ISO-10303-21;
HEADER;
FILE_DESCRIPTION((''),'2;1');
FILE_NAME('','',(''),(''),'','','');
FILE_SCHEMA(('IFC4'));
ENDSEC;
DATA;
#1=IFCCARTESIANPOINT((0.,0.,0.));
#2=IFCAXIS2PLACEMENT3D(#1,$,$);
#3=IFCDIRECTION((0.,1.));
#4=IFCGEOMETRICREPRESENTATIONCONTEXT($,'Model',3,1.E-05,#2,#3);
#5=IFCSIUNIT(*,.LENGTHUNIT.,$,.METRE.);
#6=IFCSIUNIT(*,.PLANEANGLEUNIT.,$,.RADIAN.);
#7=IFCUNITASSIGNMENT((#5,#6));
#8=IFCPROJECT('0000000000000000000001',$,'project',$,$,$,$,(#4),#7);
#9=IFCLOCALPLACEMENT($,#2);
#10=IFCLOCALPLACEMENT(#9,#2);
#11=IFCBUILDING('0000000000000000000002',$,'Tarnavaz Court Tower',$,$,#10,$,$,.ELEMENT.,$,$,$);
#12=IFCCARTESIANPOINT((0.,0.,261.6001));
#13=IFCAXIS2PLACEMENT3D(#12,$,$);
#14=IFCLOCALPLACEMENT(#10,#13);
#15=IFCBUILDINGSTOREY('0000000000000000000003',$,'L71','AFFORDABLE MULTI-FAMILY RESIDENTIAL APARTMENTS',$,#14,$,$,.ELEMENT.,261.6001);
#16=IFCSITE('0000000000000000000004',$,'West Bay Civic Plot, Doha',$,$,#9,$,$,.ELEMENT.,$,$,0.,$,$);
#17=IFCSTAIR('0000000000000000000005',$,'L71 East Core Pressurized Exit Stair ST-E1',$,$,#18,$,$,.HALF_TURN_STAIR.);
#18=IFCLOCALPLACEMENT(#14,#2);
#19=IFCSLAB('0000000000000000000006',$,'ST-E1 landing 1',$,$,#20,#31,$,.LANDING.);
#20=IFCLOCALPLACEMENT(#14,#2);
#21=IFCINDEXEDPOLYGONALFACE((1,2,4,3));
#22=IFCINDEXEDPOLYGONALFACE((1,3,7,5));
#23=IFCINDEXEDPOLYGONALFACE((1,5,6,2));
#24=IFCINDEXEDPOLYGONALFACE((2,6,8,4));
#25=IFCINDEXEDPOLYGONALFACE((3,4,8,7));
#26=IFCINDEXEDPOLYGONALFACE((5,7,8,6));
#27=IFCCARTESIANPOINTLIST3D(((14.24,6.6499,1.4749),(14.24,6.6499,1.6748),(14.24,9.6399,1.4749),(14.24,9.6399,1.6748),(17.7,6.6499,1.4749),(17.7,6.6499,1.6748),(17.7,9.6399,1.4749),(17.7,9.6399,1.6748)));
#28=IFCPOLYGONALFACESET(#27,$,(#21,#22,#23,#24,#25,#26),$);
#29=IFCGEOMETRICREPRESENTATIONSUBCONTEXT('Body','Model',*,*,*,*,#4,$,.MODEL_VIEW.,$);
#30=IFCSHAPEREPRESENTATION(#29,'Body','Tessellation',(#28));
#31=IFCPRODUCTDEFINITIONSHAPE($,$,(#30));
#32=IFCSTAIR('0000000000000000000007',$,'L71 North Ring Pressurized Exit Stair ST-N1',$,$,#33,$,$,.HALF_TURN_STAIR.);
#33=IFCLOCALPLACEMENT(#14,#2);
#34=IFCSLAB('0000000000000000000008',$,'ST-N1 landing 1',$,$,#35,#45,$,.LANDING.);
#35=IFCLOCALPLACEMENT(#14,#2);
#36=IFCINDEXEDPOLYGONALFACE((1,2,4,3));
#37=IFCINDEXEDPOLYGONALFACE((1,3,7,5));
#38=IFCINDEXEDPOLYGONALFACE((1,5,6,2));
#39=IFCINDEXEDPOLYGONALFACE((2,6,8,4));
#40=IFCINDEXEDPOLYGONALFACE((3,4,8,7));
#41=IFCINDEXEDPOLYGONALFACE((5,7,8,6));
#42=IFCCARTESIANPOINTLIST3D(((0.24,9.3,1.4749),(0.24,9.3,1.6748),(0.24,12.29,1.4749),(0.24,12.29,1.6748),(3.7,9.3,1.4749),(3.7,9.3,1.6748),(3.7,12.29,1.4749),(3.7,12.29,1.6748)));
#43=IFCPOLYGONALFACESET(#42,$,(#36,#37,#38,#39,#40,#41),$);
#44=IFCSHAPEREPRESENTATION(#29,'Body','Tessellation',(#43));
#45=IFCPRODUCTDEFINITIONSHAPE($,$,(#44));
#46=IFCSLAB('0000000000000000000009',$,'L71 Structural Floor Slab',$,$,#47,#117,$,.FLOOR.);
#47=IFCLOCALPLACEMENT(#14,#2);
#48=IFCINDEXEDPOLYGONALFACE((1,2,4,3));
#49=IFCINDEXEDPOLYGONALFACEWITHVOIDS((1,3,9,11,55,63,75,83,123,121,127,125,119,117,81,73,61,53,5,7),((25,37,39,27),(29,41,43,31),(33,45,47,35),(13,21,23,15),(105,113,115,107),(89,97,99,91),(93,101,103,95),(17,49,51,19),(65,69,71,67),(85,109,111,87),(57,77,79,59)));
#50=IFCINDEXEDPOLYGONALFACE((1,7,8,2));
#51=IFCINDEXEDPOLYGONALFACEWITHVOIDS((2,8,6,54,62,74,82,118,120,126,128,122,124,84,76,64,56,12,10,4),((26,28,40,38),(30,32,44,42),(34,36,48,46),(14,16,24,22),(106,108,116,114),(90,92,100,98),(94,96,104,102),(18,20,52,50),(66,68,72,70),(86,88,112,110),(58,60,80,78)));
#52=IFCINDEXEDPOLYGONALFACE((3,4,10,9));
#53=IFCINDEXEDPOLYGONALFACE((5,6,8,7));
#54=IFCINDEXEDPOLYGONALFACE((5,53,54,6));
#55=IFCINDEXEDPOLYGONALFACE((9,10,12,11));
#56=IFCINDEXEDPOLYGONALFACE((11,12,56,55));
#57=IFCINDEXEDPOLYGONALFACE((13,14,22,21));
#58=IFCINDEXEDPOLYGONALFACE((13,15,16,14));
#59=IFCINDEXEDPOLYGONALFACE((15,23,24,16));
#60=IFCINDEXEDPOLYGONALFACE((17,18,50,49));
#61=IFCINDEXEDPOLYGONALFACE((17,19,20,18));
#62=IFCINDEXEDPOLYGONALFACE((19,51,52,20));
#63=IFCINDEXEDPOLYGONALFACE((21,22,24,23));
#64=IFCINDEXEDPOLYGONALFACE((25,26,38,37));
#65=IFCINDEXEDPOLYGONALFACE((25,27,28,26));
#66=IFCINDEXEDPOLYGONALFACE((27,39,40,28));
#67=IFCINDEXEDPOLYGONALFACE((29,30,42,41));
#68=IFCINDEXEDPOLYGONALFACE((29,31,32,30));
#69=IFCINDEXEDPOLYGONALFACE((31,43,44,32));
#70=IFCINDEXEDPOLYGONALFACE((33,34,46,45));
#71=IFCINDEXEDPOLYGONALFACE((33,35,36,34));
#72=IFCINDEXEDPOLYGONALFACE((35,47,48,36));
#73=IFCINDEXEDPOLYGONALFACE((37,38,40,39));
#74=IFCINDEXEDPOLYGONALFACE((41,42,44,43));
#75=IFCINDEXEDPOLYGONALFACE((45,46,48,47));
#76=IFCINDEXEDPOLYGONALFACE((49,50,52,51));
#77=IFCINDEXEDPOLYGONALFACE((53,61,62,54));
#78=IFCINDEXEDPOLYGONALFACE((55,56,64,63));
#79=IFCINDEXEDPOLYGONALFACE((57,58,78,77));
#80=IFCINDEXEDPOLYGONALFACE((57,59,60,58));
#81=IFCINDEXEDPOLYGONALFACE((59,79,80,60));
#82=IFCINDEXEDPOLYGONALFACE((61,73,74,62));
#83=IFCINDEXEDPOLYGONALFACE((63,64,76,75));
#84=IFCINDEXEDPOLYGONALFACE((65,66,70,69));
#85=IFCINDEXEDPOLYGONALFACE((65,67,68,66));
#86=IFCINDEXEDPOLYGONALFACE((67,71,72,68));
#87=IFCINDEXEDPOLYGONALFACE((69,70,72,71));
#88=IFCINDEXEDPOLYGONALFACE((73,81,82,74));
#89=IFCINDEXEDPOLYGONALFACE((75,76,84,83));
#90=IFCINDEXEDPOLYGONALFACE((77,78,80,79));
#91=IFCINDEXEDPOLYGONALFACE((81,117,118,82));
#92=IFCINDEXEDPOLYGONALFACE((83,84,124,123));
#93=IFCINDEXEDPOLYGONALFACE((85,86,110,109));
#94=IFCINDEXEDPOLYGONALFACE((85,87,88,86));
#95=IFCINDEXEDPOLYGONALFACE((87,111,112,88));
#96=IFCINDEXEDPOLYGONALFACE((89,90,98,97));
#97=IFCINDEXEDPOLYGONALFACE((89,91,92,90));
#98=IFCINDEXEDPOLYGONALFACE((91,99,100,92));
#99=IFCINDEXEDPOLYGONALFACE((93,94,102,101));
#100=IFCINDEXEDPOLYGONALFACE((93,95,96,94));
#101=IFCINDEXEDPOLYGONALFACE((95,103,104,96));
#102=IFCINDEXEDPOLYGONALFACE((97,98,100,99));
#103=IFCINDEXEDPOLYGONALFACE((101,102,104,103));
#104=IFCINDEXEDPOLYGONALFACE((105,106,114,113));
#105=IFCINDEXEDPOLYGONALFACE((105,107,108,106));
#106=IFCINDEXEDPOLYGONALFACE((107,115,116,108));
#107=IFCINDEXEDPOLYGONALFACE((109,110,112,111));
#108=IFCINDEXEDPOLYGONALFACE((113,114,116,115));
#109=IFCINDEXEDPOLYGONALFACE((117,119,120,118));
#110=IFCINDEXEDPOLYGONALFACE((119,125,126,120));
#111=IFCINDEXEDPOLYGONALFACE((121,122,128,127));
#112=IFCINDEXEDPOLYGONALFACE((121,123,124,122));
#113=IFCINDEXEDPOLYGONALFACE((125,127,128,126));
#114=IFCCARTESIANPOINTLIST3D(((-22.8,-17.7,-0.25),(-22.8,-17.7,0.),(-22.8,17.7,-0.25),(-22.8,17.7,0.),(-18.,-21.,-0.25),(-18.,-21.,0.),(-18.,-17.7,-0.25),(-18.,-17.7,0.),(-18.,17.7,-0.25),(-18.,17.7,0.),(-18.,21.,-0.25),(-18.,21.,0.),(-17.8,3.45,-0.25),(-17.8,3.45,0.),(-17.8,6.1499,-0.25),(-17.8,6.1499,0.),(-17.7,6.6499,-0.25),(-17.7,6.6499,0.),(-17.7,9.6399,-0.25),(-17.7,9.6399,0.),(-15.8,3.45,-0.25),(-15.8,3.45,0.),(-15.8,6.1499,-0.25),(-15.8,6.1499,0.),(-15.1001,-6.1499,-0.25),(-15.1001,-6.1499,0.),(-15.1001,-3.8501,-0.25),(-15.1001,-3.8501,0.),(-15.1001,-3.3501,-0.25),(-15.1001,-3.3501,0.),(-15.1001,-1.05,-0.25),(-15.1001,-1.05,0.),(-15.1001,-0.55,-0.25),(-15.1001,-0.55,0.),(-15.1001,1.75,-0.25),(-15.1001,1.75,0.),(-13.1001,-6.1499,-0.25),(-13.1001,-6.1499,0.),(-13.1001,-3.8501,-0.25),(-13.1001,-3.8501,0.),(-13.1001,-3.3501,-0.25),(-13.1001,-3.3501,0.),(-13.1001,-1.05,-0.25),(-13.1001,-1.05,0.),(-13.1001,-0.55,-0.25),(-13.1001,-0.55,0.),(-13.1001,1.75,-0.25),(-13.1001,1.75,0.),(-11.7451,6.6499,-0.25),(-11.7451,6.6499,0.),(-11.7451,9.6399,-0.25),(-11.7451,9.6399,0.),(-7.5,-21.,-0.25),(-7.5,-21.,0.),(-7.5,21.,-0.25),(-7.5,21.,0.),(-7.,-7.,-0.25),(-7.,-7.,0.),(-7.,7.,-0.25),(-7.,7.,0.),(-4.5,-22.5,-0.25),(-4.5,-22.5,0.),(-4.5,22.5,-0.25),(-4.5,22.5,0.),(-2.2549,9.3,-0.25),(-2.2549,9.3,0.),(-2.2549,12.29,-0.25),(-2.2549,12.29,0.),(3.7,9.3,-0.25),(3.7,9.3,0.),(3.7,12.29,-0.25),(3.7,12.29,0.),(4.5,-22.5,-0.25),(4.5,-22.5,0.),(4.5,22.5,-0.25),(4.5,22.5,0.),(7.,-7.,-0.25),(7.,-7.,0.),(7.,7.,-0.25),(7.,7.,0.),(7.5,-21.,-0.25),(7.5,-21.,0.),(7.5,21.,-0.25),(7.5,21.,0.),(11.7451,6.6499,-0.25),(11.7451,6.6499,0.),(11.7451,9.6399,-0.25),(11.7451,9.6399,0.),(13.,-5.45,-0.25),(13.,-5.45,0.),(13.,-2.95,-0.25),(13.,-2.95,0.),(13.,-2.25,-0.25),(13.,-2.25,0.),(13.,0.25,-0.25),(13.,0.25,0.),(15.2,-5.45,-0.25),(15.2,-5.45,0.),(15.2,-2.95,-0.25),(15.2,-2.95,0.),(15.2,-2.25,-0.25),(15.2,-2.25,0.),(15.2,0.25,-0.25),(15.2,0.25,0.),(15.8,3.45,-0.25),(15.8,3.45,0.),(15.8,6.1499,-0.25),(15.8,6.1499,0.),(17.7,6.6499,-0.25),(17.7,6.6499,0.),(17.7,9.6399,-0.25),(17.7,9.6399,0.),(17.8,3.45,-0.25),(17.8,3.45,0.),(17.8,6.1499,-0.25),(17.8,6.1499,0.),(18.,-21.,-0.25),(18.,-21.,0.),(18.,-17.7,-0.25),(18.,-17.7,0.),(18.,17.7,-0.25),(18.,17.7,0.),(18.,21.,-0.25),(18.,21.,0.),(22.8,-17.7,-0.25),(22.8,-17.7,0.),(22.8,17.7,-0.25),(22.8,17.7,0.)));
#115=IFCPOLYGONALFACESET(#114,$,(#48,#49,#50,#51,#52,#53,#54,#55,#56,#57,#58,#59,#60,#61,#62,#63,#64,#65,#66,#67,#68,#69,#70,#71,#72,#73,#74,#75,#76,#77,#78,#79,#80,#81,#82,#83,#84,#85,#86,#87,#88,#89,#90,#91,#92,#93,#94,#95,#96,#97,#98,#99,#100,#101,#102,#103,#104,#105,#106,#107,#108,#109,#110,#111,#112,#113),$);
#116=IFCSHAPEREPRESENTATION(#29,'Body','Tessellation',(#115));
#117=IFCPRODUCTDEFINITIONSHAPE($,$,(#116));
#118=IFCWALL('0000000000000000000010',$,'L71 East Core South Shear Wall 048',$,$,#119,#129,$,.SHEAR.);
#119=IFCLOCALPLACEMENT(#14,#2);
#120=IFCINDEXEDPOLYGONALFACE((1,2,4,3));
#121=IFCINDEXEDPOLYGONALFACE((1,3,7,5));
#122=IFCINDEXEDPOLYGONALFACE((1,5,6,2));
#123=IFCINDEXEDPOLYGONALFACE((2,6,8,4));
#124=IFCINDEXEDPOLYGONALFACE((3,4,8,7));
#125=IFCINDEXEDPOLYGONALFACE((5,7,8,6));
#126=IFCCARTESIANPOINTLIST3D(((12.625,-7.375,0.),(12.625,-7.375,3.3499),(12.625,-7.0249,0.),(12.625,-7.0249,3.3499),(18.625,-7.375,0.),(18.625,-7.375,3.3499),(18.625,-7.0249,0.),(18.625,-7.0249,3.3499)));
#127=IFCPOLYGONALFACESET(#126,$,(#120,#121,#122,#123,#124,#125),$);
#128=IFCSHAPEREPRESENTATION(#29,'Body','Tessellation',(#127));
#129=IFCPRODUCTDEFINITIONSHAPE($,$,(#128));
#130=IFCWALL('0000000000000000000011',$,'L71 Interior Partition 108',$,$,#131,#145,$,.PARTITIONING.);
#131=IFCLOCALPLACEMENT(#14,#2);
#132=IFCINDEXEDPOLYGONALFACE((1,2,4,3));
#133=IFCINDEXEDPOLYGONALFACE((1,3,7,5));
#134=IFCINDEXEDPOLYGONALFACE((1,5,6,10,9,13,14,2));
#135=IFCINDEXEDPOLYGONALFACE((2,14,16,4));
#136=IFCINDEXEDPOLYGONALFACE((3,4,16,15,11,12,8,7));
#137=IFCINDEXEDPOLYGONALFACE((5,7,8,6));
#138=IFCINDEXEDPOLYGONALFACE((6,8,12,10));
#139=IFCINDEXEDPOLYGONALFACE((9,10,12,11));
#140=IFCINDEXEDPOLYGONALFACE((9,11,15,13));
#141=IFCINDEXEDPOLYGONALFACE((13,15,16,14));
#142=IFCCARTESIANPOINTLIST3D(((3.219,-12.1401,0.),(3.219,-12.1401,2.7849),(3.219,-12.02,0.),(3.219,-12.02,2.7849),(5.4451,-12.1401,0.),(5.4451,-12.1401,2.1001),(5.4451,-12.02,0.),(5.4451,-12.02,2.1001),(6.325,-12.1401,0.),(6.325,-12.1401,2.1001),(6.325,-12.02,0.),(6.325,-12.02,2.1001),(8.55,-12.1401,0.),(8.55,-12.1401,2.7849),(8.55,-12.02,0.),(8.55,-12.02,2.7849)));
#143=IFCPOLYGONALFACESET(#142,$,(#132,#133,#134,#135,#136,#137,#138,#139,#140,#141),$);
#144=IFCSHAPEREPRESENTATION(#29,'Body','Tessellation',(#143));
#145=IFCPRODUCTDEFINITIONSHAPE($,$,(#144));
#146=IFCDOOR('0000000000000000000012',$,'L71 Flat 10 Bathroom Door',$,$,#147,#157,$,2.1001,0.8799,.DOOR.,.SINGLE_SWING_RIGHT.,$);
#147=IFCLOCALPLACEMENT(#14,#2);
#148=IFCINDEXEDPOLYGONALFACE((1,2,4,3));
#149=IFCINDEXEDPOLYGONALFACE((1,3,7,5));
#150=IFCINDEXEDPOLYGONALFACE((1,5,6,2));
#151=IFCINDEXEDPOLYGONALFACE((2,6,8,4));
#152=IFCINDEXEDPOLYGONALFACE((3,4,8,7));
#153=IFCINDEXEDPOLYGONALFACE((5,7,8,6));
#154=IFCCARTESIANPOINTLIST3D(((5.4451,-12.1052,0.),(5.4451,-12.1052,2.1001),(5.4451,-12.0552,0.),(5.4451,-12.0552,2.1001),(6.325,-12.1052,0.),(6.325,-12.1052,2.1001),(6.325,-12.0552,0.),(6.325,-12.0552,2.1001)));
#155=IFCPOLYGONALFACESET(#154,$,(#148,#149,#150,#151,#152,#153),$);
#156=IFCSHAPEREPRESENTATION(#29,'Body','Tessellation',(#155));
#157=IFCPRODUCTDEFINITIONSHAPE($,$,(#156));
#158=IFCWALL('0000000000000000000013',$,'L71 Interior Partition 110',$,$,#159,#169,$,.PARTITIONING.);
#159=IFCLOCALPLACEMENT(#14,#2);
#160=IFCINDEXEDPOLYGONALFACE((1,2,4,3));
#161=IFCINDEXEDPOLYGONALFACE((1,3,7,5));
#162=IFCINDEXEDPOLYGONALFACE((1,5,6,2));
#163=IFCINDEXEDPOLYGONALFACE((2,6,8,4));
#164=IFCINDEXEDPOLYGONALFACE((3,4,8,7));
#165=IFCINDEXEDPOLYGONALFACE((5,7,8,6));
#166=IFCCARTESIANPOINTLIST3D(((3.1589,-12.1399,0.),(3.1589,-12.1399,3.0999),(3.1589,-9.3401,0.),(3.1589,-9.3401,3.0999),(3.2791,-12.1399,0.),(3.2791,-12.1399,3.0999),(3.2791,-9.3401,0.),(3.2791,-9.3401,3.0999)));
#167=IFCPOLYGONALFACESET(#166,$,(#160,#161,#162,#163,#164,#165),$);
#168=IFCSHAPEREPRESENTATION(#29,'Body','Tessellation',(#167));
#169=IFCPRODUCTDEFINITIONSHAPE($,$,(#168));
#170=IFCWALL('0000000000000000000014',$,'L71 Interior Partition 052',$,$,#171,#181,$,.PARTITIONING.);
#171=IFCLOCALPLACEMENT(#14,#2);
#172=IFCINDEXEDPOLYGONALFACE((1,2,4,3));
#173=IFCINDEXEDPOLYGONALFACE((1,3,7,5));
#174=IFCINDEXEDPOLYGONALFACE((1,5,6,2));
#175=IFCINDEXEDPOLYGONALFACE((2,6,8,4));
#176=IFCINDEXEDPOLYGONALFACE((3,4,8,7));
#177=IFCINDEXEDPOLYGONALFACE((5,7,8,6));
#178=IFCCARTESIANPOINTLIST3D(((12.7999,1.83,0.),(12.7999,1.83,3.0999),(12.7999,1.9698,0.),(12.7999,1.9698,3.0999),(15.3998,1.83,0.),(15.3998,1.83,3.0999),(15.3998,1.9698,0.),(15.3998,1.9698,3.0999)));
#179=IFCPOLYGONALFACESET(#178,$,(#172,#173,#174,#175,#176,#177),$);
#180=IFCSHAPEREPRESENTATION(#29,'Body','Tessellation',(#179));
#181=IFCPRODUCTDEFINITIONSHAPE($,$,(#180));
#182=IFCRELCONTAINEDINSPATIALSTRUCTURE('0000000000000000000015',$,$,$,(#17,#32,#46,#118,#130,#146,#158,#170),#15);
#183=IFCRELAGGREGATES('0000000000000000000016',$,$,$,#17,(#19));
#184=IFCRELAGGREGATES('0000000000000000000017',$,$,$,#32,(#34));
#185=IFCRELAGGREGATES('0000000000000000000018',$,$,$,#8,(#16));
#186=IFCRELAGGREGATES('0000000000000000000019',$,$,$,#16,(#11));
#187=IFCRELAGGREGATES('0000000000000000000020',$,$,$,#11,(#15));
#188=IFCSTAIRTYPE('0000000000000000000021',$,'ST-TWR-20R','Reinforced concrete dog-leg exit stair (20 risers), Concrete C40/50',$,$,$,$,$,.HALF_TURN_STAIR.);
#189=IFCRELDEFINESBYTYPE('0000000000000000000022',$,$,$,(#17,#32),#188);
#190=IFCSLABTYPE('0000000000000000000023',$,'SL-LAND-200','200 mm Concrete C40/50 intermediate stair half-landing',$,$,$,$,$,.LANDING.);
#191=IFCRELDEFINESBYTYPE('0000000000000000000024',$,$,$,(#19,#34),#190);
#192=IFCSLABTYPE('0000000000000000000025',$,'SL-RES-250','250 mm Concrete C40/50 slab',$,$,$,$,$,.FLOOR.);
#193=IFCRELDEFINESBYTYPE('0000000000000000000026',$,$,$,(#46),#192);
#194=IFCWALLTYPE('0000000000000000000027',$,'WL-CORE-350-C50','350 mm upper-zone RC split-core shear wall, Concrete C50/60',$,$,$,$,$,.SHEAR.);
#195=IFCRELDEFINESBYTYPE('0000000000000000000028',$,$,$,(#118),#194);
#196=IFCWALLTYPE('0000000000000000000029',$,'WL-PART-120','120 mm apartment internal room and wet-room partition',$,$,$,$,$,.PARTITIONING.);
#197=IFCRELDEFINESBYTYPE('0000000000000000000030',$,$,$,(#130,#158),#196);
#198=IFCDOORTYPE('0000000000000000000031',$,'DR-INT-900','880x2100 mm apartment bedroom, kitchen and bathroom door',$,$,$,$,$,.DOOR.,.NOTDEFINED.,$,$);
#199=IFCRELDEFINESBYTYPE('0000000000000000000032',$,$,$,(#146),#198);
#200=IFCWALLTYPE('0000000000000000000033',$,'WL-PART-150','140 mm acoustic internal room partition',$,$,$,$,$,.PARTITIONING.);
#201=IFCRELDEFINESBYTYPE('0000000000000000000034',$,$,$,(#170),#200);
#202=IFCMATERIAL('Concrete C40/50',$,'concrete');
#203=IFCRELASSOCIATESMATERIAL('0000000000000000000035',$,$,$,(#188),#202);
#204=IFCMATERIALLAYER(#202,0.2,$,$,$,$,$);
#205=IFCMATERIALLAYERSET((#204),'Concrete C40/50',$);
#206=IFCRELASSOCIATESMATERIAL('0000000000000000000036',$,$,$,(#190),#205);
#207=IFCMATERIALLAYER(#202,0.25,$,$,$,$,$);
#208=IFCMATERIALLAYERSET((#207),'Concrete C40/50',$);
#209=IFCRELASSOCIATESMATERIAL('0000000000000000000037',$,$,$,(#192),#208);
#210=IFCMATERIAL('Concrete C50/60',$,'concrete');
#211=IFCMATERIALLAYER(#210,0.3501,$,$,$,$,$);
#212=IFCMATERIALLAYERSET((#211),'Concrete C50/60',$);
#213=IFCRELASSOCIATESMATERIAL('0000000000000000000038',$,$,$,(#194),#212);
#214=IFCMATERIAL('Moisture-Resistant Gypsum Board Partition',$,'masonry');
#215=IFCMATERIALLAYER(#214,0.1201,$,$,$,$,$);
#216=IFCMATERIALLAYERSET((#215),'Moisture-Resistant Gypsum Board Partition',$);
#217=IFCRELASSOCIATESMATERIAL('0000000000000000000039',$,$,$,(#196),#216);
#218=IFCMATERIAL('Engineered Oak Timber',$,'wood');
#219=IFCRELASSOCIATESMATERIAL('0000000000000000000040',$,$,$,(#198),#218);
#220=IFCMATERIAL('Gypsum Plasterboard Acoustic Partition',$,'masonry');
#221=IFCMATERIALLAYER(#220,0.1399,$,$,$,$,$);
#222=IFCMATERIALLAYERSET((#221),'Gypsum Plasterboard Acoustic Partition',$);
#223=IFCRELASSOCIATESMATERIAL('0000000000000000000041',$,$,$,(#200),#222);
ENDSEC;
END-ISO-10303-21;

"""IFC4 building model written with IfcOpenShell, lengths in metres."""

from ifc_helpers import new_model, si_unit, direction, frame, frame_2d, origin, place, context, subcontext, project, spatial, polyline, rectangle, outline, extrude, material, layer, layer_set, type_object, element, fill, aggregate, save


model = new_model("IFC4")

# Units and contexts
model_context = context("Model", 3, precision=1e-05, world=origin(), true_north=direction((0.0, 1.0)))
body_context = subcontext(model_context, "Body", "Model", "MODEL_VIEW")
ifc_project = project(units=[si_unit("LENGTHUNIT", "METRE"), si_unit("PLANEANGLEUNIT", "RADIAN")], contexts=[model_context])

# Site, building, storey
site_placement = place(None, origin())
site = spatial("IfcSite", under=ifc_project, at=site_placement, Name="West Bay Civic Plot, Doha", CompositionType="ELEMENT", RefElevation=0.0)
building_placement = place(site_placement, origin())
building = spatial("IfcBuilding", under=site, at=building_placement, Name="Tarnavaz Court Tower", CompositionType="ELEMENT")
storey_placement = place(building_placement, frame((0.0, 0.0, 261.6001)))
storey = spatial("IfcBuildingStorey", under=building, at=storey_placement, Name="L71", Description="AFFORDABLE MULTI-FAMILY RESIDENTIAL APARTMENTS", CompositionType="ELEMENT", Elevation=261.6001)

# Shared definitions
ifc_material_1 = material(Name="Concrete C50/60", Category="concrete")

# Stairs, slabs
ifc_material_2 = material(Name="Concrete C40/50", Category="concrete")
stair_type = type_object("IfcStairType", Name="ST-TWR-20R", Description="Reinforced concrete dog-leg exit stair (20 risers), Concrete C40/50", PredefinedType="HALF_TURN_STAIR", material=ifc_material_2)
ifc_layer_1 = layer(ifc_material_2, 0.2)
ifc_layer_set_1 = layer_set([ifc_layer_1], Name="Concrete C40/50")
slab_type_1 = type_object("IfcSlabType", Name="SL-LAND-200", Description="200 mm Concrete C40/50 intermediate stair half-landing", PredefinedType="LANDING", material=ifc_layer_set_1)
stair_1_placement = place(storey_placement, origin())
stair_1 = element("IfcStair", 1, at=stair_1_placement, inside=storey, type_object=stair_type, Name="L71 East Core Pressurized Exit Stair ST-E1", PredefinedType="HALF_TURN_STAIR")
slab_1_placement = place(storey_placement, frame((0.0, 0.0, 1.4749)))
slab_1 = element("IfcSlab", 2, at=slab_1_placement, type_object=slab_type_1, Name="ST-E1 landing 1", PredefinedType="LANDING", context=body_context, shape_type="SweptSolid", body=[
    extrude(outline(polyline([(14.24, 6.6499), (17.7, 6.6499), (17.7, 9.6399), (14.24, 9.6399), (14.24, 6.6499)])), origin(), (0.0, 0.0, 1.0), 0.2),
])
aggregate(stair_1, [slab_1])
stair_2_placement = place(storey_placement, origin())
stair_2 = element("IfcStair", 3, at=stair_2_placement, inside=storey, type_object=stair_type, Name="L71 North Ring Pressurized Exit Stair ST-N1", PredefinedType="HALF_TURN_STAIR")
slab_2_placement = place(storey_placement, frame((0.0, 0.0, 1.4749)))
slab_2 = element("IfcSlab", 4, at=slab_2_placement, type_object=slab_type_1, Name="ST-N1 landing 1", PredefinedType="LANDING", context=body_context, shape_type="SweptSolid", body=[
    extrude(outline(polyline([(0.24, 9.3), (3.7, 9.3), (3.7, 12.29), (0.24, 12.29), (0.24, 9.3)])), origin(), (0.0, 0.0, 1.0), 0.2),
])
aggregate(stair_2, [slab_2])

# Slab
ifc_layer_2 = layer(ifc_material_2, 0.25)
ifc_layer_set_2 = layer_set([ifc_layer_2], Name="Concrete C40/50")
slab_type_2 = type_object("IfcSlabType", Name="SL-RES-250", Description="250 mm Concrete C40/50 slab", PredefinedType="FLOOR", material=ifc_layer_set_2)
slab_3_placement = place(storey_placement, frame((0.0, 0.0, -0.25)))
element("IfcSlab", 5, at=slab_3_placement, inside=storey, type_object=slab_type_2, Name="L71 Structural Floor Slab", PredefinedType="FLOOR", context=body_context, shape_type="SweptSolid", body=[
    extrude(outline(polyline([(-18.0, -21.0), (-7.5, -21.0), (-4.5, -22.5), (4.5, -22.5), (7.5, -21.0), (18.0, -21.0), (18.0, -17.7), (22.8, -17.7), (22.8, 17.7), (18.0, 17.7), (18.0, 21.0), (7.5, 21.0), (4.5, 22.5), (-4.5, 22.5), (-7.5, 21.0), (-18.0, 21.0), (-18.0, 17.7), (-22.8, 17.7), (-22.8, -17.7), (-18.0, -17.7), (-18.0, -21.0)]), holes=[polyline([(-7.0, -7.0), (7.0, -7.0), (7.0, 7.0), (-7.0, 7.0), (-7.0, -7.0)]), polyline([(-11.7451, 9.6399), (-17.7, 9.6399), (-17.7, 6.6499), (-11.7451, 6.6499), (-11.7451, 9.6399)]), polyline([(11.7451, 6.6499), (17.7, 6.6499), (17.7, 9.6399), (11.7451, 9.6399), (11.7451, 6.6499)]), polyline([(-2.2549, 9.3), (3.7, 9.3), (3.7, 12.29), (-2.2549, 12.29), (-2.2549, 9.3)]), polyline([(-17.8, 3.45), (-15.8, 3.45), (-15.8, 6.1499), (-17.8, 6.1499), (-17.8, 3.45)]), polyline([(-15.1001, -6.1499), (-13.1001, -6.1499), (-13.1001, -3.8501), (-15.1001, -3.8501), (-15.1001, -6.1499)]), polyline([(-15.1001, -3.3501), (-13.1001, -3.3501), (-13.1001, -1.05), (-15.1001, -1.05), (-15.1001, -3.3501)]), polyline([(-15.1001, -0.55), (-13.1001, -0.55), (-13.1001, 1.75), (-15.1001, 1.75), (-15.1001, -0.55)]), polyline([(15.8, 3.45), (17.8, 3.45), (17.8, 6.1499), (15.8, 6.1499), (15.8, 3.45)]), polyline([(13.0, -5.45), (15.2, -5.45), (15.2, -2.95), (13.0, -2.95), (13.0, -5.45)]), polyline([(13.0, -2.25), (15.2, -2.25), (15.2, 0.25), (13.0, 0.25), (13.0, -2.25)])]), origin(), (0.0, 0.0, 1.0), 0.25),
])

# Wall
ifc_layer_3 = layer(ifc_material_1, 0.3501)
ifc_layer_set_3 = layer_set([ifc_layer_3], Name="Concrete C50/60")
wall_type_1 = type_object("IfcWallType", Name="WL-CORE-350-C50", Description="350 mm upper-zone RC split-core shear wall, Concrete C50/60", PredefinedType="SHEAR", material=ifc_layer_set_3)
wall_1_placement = place(storey_placement, frame((12.625, -7.2, 0.0), z_axis=(0.0, 0.0, 1.0), x_axis=(1.0, 0.0, 0.0)))
element("IfcWall", 6, at=wall_1_placement, inside=storey, type_object=wall_type_1, Name="L71 East Core South Shear Wall 048", PredefinedType="SHEAR", context=body_context, shape_type="SweptSolid", body=[
    extrude(rectangle(XDim=6.0, YDim=0.3501, at=frame_2d((3.0, 0.0))), origin(), (0.0, 0.0, 1.0), 3.3499),
])

# Wall, opening, door
ifc_material_3 = material(Name="Moisture-Resistant Gypsum Board Partition", Category="masonry")
ifc_layer_4 = layer(ifc_material_3, 0.1201)
ifc_layer_set_4 = layer_set([ifc_layer_4], Name="Moisture-Resistant Gypsum Board Partition")
wall_type_2 = type_object("IfcWallType", Name="WL-PART-120", Description="120 mm apartment internal room and wet-room partition", PredefinedType="PARTITIONING", material=ifc_layer_set_4)
wall_2_placement = place(storey_placement, frame((3.219, -12.0801, 0.0), z_axis=(0.0, 0.0, 1.0), x_axis=(1.0, 0.0, 0.0)))
wall_2 = element("IfcWall", 7, at=wall_2_placement, inside=storey, type_object=wall_type_2, Name="L71 Interior Partition 108", PredefinedType="PARTITIONING", context=body_context, shape_type="SweptSolid", body=[
    extrude(rectangle(XDim=5.3311, YDim=0.1201, at=frame_2d((2.6655, 0.0))), origin(), (0.0, 0.0, 1.0), 2.7849),
])
opening_1_placement = place(wall_2_placement, frame((2.2261, 0.0, 0.0)))
opening_1 = element("IfcOpeningElement", 8, at=opening_1_placement, cuts=wall_2, PredefinedType="OPENING", context=body_context, shape_type="SweptSolid", body=[
    extrude(rectangle(XDim=0.8799, YDim=2.1001, at=frame_2d((0.4399, 1.05))), frame((0.0, 0.0701, 0.0), z_axis=(0.0, -1.0, 0.0), x_axis=(1.0, 0.0, 0.0)), (0.0, 0.0, 1.0), 0.1401),
])
ifc_material_4 = material(Name="Engineered Oak Timber", Category="wood")
door_type_1 = type_object("IfcDoorType", Name="DR-INT-900", Description="880x2100 mm apartment bedroom, kitchen and bathroom door", OperationType="NOTDEFINED", PredefinedType="DOOR", material=ifc_material_4)
door_1_placement = place(opening_1_placement, origin())
door_1 = element("IfcDoor", 9, at=door_1_placement, inside=storey, type_object=door_type_1, Name="L71 Flat 10 Bathroom Door", OperationType="SINGLE_SWING_RIGHT", OverallHeight=2.1001, OverallWidth=0.8799, PredefinedType="DOOR", context=body_context, shape_type="SweptSolid", body=[
    extrude(rectangle(XDim=0.8799, YDim=2.1001, at=frame_2d((0.4399, 1.05))), frame((0.0, 0.0249, 0.0), z_axis=(0.0, -1.0, 0.0), x_axis=(1.0, 0.0, 0.0)), (0.0, 0.0, 1.0), 0.05),
])
fill(opening_1, door_1)

# Walls
wall_3_placement = place(storey_placement, frame((3.219, -12.1399, 0.0), z_axis=(0.0, 0.0, 1.0), x_axis=(0.0, 1.0, 0.0)))
element("IfcWall", 10, at=wall_3_placement, inside=storey, type_object=wall_type_2, Name="L71 Interior Partition 110", PredefinedType="PARTITIONING", context=body_context, shape_type="SweptSolid", body=[
    extrude(rectangle(XDim=2.7998, YDim=0.1201, at=frame_2d((1.3999, 0.0))), origin(), (0.0, 0.0, 1.0), 3.0999),
])
ifc_material_5 = material(Name="Gypsum Plasterboard Acoustic Partition", Category="masonry")
ifc_layer_5 = layer(ifc_material_5, 0.1399)
ifc_layer_set_5 = layer_set([ifc_layer_5], Name="Gypsum Plasterboard Acoustic Partition")
wall_type_3 = type_object("IfcWallType", Name="WL-PART-150", Description="140 mm acoustic internal room partition", PredefinedType="PARTITIONING", material=ifc_layer_set_5)
wall_4_placement = place(storey_placement, frame((12.8, 1.8999, 0.0), z_axis=(0.0, 0.0, 1.0), x_axis=(1.0, 0.0, 0.0)))
element("IfcWall", 11, at=wall_4_placement, inside=storey, type_object=wall_type_3, Name="L71 Interior Partition 052", PredefinedType="PARTITIONING", context=body_context, shape_type="SweptSolid", body=[
    extrude(rectangle(XDim=2.5999, YDim=0.1399, at=frame_2d((1.2998, 0.0))), origin(), (0.0, 0.0, 1.0), 3.0999),
])

save(model, "model.ifc")
